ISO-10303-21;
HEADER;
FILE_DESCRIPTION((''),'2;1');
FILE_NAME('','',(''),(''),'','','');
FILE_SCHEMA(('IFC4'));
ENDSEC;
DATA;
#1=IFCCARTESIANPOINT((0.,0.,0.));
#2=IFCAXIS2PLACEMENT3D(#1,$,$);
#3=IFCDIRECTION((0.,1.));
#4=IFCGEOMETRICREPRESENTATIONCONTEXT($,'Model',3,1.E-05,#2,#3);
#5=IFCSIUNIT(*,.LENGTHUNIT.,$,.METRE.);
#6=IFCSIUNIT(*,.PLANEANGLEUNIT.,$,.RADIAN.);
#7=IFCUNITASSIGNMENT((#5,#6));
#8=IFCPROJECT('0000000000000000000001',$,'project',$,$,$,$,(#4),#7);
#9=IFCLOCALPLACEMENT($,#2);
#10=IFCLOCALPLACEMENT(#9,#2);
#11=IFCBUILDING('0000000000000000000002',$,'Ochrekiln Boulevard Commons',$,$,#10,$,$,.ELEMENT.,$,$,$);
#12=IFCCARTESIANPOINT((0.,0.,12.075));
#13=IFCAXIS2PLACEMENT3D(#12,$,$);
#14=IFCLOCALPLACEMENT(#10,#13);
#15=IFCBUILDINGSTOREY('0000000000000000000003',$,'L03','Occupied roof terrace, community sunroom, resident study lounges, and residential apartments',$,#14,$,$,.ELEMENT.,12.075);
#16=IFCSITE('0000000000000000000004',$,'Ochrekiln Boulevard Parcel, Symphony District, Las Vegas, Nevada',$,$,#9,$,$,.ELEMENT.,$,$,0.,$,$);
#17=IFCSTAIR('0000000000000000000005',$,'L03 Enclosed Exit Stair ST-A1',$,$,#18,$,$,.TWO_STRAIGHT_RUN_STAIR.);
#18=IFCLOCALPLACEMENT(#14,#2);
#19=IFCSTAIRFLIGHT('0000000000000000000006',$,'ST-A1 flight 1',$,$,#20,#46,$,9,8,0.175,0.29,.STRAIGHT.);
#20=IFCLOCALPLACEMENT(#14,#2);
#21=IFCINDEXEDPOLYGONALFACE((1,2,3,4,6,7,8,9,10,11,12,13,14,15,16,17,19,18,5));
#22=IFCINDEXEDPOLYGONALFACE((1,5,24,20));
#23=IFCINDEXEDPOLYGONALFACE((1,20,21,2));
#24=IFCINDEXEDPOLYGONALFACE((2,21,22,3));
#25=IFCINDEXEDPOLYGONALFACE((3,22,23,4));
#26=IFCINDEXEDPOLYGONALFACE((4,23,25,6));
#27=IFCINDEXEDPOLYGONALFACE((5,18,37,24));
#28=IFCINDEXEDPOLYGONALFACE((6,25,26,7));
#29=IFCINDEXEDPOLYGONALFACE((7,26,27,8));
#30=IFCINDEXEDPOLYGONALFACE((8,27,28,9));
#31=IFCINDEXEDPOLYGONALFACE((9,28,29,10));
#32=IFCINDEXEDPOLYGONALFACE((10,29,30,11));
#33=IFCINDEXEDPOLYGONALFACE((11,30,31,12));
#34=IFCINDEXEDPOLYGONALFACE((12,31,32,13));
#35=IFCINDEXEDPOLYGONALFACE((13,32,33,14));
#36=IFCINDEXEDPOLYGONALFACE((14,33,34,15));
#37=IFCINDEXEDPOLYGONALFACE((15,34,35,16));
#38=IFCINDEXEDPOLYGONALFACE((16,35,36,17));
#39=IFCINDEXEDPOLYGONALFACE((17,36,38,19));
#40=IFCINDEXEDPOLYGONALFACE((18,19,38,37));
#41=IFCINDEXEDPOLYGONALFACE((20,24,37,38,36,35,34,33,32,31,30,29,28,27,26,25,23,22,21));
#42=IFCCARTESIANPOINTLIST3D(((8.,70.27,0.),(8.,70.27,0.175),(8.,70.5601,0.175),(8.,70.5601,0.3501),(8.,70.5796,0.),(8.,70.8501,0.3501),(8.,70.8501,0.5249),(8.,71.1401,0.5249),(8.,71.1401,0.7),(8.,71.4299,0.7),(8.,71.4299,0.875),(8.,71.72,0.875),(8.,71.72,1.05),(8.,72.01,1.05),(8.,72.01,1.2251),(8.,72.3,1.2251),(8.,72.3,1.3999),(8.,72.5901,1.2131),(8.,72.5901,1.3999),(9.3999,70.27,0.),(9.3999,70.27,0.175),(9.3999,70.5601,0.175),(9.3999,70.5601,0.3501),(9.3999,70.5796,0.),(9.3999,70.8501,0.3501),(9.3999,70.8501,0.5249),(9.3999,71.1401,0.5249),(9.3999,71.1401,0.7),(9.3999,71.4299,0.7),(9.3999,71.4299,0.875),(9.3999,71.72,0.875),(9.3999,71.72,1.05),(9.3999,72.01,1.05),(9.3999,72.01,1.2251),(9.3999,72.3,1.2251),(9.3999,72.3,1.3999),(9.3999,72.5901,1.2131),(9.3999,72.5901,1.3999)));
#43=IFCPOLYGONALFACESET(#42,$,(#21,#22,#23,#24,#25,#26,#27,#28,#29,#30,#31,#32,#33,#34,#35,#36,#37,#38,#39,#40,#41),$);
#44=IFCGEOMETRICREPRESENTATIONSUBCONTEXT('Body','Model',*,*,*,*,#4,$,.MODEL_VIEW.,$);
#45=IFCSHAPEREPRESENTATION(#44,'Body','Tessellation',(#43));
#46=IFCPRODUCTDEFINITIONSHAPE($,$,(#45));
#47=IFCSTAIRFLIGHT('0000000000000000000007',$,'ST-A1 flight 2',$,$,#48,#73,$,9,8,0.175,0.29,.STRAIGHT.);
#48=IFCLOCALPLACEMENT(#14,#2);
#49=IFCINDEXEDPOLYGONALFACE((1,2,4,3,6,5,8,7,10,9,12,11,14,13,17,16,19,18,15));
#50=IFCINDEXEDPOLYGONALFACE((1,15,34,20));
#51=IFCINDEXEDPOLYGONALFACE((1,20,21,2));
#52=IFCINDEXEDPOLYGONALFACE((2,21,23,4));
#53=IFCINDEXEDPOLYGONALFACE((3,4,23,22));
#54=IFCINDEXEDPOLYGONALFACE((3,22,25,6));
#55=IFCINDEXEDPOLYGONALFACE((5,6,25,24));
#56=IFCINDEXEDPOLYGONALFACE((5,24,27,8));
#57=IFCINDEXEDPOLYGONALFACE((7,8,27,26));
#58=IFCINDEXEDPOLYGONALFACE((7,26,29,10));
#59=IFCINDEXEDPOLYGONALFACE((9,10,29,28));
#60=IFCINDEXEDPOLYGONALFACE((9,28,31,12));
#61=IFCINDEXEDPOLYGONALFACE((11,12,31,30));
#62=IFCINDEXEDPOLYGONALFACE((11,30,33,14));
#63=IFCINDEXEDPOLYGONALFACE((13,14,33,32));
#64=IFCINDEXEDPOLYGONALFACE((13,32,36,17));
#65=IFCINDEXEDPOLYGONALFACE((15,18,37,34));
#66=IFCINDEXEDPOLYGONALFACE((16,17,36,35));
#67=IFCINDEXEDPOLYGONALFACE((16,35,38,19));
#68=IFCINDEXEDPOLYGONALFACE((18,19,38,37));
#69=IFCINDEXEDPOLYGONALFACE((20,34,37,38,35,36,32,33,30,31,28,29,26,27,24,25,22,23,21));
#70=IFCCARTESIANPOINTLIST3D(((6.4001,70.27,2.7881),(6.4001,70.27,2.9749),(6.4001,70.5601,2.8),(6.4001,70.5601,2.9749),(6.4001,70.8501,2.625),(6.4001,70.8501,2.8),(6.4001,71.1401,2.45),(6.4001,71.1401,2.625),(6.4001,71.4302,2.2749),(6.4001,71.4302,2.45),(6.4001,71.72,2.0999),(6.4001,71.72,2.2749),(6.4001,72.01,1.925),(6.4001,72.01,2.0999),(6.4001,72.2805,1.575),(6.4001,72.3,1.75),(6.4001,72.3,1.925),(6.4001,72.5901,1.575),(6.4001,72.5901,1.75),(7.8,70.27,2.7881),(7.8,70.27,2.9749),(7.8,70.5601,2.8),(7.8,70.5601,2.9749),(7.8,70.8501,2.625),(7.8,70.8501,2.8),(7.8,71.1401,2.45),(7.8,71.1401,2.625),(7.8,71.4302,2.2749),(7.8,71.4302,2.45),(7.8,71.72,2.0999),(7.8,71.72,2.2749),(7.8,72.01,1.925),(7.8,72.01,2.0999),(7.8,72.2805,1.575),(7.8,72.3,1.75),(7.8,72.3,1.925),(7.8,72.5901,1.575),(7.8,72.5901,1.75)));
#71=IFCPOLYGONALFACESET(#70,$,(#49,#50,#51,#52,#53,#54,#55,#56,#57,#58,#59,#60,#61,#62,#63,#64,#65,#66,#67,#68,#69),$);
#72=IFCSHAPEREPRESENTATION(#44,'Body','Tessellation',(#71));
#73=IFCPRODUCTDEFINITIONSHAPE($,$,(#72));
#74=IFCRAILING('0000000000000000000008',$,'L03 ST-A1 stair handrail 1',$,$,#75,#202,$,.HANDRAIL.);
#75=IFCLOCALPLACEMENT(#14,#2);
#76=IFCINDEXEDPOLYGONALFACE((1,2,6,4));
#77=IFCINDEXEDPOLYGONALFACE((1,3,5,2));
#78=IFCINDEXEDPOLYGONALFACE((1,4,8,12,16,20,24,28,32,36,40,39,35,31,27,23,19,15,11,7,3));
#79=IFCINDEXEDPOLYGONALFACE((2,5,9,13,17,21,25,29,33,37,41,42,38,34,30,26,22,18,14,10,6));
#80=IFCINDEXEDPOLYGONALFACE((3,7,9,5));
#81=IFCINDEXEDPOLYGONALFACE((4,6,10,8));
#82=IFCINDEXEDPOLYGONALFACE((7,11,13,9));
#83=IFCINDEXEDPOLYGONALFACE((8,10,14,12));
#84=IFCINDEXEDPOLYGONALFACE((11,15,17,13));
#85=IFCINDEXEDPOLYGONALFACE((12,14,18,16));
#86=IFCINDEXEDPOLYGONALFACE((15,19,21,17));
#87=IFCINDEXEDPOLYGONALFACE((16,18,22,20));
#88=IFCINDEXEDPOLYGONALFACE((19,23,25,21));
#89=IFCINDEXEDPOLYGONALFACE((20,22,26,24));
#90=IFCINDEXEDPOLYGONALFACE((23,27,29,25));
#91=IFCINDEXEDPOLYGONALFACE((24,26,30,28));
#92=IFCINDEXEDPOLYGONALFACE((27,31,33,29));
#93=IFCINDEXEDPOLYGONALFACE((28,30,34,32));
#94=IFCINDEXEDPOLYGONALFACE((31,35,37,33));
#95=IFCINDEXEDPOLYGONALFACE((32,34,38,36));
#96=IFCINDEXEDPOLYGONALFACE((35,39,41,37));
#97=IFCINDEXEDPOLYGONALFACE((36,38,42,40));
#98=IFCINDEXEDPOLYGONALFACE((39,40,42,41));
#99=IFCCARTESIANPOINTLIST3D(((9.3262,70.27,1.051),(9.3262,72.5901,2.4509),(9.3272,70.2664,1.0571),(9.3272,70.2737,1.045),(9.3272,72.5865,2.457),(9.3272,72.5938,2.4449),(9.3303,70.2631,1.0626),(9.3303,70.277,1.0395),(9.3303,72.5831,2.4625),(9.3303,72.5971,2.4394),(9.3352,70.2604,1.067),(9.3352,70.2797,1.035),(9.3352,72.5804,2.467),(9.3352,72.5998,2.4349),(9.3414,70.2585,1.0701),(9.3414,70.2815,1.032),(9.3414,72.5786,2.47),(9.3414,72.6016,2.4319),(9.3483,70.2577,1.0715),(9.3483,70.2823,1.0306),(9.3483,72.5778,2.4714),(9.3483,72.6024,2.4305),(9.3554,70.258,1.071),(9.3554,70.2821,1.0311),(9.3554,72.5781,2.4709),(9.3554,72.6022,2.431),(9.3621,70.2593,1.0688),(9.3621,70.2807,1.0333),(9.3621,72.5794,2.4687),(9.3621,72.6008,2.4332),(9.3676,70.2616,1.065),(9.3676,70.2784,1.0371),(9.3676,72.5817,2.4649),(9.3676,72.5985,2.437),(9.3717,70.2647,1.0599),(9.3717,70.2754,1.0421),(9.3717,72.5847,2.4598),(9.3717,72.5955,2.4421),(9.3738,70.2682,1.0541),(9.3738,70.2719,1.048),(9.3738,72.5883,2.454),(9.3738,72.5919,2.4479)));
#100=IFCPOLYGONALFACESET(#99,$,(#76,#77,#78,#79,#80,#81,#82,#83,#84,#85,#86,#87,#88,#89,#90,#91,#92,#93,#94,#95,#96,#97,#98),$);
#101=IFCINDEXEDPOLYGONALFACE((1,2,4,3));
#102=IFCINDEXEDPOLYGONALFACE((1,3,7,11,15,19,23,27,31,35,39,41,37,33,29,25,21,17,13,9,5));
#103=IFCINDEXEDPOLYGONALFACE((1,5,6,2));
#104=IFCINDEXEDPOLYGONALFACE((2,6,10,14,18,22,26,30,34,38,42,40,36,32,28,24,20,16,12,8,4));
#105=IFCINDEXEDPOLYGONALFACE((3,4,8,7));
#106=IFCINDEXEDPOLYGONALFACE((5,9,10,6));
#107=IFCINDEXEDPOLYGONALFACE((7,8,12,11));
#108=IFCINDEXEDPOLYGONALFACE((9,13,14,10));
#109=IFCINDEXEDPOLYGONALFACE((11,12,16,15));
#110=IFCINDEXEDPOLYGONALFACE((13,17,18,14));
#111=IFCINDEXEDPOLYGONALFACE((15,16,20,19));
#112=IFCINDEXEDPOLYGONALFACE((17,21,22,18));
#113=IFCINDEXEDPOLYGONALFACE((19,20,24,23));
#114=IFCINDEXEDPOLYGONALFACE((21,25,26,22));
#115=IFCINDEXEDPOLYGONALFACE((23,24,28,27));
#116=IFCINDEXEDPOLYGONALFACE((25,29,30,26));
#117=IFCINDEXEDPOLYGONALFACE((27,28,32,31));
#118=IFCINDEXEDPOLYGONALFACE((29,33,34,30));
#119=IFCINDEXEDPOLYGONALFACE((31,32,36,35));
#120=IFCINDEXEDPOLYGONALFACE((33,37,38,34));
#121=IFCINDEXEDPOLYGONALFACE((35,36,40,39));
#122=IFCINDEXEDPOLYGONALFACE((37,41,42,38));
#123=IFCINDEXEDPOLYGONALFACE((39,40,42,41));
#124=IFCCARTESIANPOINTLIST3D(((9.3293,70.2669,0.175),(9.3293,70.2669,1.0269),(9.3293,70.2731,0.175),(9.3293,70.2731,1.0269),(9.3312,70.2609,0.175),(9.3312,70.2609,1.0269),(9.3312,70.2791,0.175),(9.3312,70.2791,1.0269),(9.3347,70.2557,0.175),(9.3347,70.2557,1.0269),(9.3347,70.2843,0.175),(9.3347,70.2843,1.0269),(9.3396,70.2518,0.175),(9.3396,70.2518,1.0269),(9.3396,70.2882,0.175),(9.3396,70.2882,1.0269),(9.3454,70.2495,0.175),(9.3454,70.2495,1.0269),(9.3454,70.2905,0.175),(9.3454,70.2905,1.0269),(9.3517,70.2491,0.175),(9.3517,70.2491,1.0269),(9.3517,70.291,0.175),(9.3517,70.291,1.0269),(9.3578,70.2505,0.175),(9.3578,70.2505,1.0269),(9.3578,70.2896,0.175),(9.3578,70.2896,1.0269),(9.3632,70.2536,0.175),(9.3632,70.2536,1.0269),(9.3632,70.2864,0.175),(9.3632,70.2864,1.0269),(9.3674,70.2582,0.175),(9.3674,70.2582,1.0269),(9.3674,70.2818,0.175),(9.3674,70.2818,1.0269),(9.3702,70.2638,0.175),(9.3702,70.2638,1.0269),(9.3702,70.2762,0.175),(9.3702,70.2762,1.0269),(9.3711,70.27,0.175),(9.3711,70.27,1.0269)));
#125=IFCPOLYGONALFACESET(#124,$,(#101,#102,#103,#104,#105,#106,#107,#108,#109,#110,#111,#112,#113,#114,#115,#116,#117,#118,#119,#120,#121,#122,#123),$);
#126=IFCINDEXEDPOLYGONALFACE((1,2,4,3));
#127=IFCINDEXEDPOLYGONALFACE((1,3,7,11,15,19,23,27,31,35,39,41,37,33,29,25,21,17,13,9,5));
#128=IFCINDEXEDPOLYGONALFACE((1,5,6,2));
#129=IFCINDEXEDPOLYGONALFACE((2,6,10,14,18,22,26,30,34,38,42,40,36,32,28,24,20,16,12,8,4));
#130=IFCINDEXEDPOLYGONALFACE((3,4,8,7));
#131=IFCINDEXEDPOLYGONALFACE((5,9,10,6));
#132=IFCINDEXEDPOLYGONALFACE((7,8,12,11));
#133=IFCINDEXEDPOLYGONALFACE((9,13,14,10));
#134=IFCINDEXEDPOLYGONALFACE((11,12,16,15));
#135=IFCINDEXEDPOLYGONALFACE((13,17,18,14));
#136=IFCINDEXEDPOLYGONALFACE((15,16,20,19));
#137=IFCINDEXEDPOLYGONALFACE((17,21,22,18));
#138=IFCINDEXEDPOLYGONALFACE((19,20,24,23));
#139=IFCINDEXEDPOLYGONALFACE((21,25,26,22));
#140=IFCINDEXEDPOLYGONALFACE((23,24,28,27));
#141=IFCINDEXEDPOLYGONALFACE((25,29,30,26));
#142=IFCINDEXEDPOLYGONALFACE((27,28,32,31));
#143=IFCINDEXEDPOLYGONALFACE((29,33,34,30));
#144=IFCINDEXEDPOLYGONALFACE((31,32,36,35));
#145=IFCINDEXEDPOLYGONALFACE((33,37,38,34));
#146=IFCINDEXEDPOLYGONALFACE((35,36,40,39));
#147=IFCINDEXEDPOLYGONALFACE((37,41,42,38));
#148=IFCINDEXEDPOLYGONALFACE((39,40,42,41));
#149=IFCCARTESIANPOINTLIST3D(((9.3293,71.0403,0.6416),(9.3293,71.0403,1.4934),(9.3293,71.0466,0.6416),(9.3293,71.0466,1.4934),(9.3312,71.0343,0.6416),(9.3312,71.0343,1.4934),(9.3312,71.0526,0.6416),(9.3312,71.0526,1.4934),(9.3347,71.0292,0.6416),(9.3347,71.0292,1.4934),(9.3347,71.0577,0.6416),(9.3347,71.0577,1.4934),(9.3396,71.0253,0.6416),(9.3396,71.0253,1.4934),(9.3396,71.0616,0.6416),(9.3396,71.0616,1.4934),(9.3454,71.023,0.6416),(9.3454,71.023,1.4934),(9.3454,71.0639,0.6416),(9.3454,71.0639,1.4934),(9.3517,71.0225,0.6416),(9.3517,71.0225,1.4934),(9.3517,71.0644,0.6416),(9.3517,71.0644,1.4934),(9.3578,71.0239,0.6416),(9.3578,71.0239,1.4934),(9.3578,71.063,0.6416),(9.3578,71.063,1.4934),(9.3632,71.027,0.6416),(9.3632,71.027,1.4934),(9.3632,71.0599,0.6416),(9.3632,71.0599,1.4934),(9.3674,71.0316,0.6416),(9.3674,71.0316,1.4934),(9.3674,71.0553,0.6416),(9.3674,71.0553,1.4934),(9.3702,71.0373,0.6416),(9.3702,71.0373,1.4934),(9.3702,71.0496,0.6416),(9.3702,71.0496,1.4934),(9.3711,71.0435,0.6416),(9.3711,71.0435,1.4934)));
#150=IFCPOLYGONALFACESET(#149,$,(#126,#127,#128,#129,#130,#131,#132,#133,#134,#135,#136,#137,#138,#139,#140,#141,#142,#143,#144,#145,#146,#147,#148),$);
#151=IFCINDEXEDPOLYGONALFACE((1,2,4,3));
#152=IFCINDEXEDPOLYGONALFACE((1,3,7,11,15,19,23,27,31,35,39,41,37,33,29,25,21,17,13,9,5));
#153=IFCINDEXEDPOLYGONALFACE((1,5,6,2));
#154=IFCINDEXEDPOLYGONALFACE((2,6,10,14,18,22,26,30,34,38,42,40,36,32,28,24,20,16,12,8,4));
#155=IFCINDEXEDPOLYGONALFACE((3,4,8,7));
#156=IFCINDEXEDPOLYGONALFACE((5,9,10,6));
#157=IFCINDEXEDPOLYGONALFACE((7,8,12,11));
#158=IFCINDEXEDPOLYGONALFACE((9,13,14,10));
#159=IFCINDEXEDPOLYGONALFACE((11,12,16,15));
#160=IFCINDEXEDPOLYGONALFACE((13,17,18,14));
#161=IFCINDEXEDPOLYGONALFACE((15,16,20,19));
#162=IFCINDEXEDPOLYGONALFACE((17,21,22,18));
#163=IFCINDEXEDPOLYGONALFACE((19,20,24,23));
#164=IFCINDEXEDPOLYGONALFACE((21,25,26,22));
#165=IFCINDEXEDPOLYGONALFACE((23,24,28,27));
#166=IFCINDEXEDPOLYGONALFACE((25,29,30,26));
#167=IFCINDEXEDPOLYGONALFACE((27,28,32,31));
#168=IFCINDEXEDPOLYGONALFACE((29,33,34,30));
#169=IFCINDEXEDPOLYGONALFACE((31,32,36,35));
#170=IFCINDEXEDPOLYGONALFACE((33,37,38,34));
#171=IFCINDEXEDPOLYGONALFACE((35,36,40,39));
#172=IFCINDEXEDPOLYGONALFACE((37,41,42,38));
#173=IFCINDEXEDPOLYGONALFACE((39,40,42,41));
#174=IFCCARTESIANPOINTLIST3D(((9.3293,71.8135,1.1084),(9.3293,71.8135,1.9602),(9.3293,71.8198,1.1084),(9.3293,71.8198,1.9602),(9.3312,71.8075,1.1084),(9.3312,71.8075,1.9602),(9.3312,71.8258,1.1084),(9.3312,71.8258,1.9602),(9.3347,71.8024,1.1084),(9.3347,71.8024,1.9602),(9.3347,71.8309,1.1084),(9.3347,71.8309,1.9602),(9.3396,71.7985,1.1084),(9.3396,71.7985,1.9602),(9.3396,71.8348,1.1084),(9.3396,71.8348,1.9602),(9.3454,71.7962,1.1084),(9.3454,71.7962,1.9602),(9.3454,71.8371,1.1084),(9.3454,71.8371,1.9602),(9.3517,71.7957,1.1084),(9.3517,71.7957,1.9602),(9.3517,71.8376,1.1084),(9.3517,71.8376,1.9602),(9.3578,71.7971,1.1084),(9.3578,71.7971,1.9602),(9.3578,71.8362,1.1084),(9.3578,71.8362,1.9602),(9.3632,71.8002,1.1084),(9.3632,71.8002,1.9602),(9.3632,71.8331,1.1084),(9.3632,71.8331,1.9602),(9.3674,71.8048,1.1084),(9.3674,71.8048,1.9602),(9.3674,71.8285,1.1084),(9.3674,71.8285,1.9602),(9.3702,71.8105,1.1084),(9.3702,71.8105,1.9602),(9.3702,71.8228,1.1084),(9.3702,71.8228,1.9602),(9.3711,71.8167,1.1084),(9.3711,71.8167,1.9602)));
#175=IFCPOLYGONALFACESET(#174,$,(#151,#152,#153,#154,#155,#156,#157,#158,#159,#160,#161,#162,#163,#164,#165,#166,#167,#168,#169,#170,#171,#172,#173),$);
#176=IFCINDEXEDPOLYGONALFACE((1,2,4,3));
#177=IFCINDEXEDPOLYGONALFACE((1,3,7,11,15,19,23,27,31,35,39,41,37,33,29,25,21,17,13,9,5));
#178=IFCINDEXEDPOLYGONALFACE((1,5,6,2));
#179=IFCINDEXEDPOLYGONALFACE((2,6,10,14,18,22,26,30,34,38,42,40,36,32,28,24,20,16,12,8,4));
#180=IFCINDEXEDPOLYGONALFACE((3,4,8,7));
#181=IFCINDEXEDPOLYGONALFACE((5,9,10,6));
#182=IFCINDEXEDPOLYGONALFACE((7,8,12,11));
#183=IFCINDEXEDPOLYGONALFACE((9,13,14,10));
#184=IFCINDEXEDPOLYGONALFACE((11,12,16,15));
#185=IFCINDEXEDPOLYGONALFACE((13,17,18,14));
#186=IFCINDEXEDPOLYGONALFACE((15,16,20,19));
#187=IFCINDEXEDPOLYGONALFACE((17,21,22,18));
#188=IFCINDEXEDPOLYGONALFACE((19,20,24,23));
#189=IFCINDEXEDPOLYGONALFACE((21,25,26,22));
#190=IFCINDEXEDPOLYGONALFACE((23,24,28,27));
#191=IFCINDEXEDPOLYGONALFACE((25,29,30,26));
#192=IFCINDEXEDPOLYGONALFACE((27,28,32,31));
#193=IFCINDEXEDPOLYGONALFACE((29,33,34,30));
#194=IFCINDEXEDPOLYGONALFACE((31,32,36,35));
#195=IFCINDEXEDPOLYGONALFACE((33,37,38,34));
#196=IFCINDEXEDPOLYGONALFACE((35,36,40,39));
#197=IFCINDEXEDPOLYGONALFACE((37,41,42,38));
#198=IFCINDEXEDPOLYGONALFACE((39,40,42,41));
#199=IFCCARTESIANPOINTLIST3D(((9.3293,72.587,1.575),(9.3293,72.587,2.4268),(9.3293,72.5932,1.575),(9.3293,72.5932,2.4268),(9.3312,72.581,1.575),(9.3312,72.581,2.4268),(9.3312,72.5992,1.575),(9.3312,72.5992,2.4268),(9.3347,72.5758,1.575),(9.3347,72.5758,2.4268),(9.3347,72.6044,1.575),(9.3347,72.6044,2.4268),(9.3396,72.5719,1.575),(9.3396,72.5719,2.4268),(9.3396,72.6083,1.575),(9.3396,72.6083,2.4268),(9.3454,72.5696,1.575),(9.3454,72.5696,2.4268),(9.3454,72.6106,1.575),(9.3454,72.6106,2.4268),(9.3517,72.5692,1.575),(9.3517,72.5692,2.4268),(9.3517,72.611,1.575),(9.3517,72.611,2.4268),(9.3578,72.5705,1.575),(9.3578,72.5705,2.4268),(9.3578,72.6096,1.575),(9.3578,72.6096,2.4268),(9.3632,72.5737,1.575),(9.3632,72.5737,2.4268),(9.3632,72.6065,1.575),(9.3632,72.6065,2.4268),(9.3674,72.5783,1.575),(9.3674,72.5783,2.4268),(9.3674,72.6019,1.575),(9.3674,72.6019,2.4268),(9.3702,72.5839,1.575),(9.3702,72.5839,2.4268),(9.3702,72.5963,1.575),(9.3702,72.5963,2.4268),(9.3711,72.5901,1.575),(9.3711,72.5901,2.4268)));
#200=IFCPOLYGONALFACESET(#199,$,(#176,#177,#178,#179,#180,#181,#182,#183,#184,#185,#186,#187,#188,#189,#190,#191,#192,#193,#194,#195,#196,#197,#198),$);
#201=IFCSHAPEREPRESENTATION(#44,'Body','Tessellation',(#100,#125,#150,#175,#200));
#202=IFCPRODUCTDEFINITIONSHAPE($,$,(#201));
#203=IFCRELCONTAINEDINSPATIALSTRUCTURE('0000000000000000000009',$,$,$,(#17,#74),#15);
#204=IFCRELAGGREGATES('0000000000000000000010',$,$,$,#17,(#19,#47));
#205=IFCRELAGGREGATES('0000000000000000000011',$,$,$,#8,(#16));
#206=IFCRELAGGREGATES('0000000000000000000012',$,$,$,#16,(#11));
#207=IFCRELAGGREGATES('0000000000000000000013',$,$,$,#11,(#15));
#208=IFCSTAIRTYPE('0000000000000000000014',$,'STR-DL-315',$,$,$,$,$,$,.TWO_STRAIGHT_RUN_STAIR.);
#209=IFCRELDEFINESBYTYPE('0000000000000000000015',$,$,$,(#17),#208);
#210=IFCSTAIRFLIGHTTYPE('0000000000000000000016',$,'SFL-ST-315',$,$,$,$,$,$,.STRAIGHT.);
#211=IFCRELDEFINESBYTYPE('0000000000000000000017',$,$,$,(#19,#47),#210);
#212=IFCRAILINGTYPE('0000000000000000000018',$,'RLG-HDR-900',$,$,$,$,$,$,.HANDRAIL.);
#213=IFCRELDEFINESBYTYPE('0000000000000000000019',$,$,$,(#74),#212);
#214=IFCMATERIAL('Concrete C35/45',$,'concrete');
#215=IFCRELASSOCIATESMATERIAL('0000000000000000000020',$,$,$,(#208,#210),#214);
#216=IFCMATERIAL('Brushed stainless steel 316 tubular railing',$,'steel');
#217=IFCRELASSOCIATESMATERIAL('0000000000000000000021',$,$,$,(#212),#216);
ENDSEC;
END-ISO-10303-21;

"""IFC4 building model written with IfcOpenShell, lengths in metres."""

from ifc_helpers import new_model, si_unit, direction, frame, origin, origin_2d, place, context, subcontext, project, spatial, polyline, circle, outline, extrude, material, type_object, element, aggregate, save


model = new_model("IFC4")

# Units and contexts
model_context = context("Model", 3, precision=1e-05, world=origin(), true_north=direction((0.0, 1.0)))
body_context = subcontext(model_context, "Body", "Model", "MODEL_VIEW")
ifc_project = project(units=[si_unit("LENGTHUNIT", "METRE"), si_unit("PLANEANGLEUNIT", "RADIAN")], contexts=[model_context])

# Site, building, storey
site_placement = place(None, origin())
site = spatial("IfcSite", under=ifc_project, at=site_placement, Name="Ochrekiln Boulevard Parcel, Symphony District, Las Vegas, Nevada", CompositionType="ELEMENT", RefElevation=0.0)
building_placement = place(site_placement, origin())
building = spatial("IfcBuilding", under=site, at=building_placement, Name="Ochrekiln Boulevard Commons", CompositionType="ELEMENT")
storey_placement = place(building_placement, frame((0.0, 0.0, 12.075)))
storey = spatial("IfcBuildingStorey", under=building, at=storey_placement, Name="L03", Description="Occupied roof terrace, community sunroom, resident study lounges, and residential apartments", CompositionType="ELEMENT", Elevation=12.075)

# Stair, stair flights
ifc_material_1 = material(Name="Concrete C35/45", Category="concrete")
stair_type = type_object("IfcStairType", Name="STR-DL-315", PredefinedType="TWO_STRAIGHT_RUN_STAIR", material=ifc_material_1)
stair_placement = place(storey_placement, origin())
stair = element("IfcStair", 1, at=stair_placement, inside=storey, type_object=stair_type, Name="L03 Enclosed Exit Stair ST-A1", PredefinedType="TWO_STRAIGHT_RUN_STAIR")
stair_flight_type = type_object("IfcStairFlightType", Name="SFL-ST-315", PredefinedType="STRAIGHT", material=ifc_material_1)
stair_flight_1_placement = place(storey_placement, frame((8.7, 70.27, 0.0), z_axis=(0.0, 0.0, 1.0), x_axis=(0.0, 1.0, 0.0)))
stair_flight_1 = element("IfcStairFlight", 2, at=stair_flight_1_placement, type_object=stair_flight_type, Name="ST-A1 flight 1", NumberOfRisers=9, NumberOfTreads=8, PredefinedType="STRAIGHT", RiserHeight=0.175, TreadLength=0.29, context=body_context, shape_type="SweptSolid", body=[
    extrude(outline(polyline([(0.0, 0.0), (0.0, 0.175), (0.29, 0.175), (0.29, 0.3501), (0.5801, 0.3501), (0.5801, 0.5249), (0.8701, 0.5249), (0.8701, 0.7), (1.1599, 0.7), (1.1599, 0.875), (1.45, 0.875), (1.45, 1.05), (1.74, 1.05), (1.74, 1.2251), (2.03, 1.2251), (2.03, 1.3999), (2.3201, 1.3999), (2.3201, 1.575), (2.3201, 1.2131), (0.3096, 0.0), (0.0, 0.0)])), frame((0.0, 0.7, 0.0), z_axis=(0.0, -1.0, 0.0), x_axis=(1.0, 0.0, 0.0)), (0.0, 0.0, 1.0), 1.3999),
])
stair_flight_2_placement = place(storey_placement, frame((7.1001, 72.5901, 1.575), z_axis=(0.0, 0.0, 1.0), x_axis=(0.0, -1.0, 0.0)))
stair_flight_2 = element("IfcStairFlight", 3, at=stair_flight_2_placement, type_object=stair_flight_type, Name="ST-A1 flight 2", NumberOfRisers=9, NumberOfTreads=8, PredefinedType="STRAIGHT", RiserHeight=0.175, TreadLength=0.29, context=body_context, shape_type="SweptSolid", body=[
    extrude(outline(polyline([(0.0, 0.0), (0.0, 0.175), (0.29, 0.175), (0.29, 0.3501), (0.5801, 0.3501), (0.5801, 0.5249), (0.8701, 0.5249), (0.8701, 0.7), (1.1599, 0.7), (1.1599, 0.875), (1.45, 0.875), (1.45, 1.05), (1.74, 1.05), (1.74, 1.2251), (2.03, 1.2251), (2.03, 1.3999), (2.3201, 1.3999), (2.3201, 1.575), (2.3201, 1.2131), (0.3096, 0.0), (0.0, 0.0)])), frame((0.0, 0.7, 0.0), z_axis=(0.0, -1.0, 0.0), x_axis=(1.0, 0.0, 0.0)), (0.0, 0.0, 1.0), 1.3999),
])
aggregate(stair, [stair_flight_1, stair_flight_2])

# Railing
ifc_material_2 = material(Name="Brushed stainless steel 316 tubular railing", Category="steel")
railing_type_1 = type_object("IfcRailingType", Name="RLG-HDR-900", PredefinedType="HANDRAIL", material=ifc_material_2)
railing_1_placement = place(storey_placement, frame((9.3501, 70.27, 0.175)))
element("IfcRailing", 4, at=railing_1_placement, inside=storey, type_object=railing_type_1, Name="L03 ST-A1 stair handrail 1", PredefinedType="HANDRAIL", context=body_context, shape_type="SweptSolid", body=[
    extrude(circle(Radius=0.0239, at=origin_2d()), frame((0.0, 0.0, 0.876), z_axis=(0.0, 0.85621, 0.516627), x_axis=(-1.0, 0.0, 0.0)), (0.0, 0.0, 1.0), 2.7097),
    extrude(circle(Radius=0.021, at=origin_2d()), origin(), (0.0, 0.0, 1.0), 0.8518),
    extrude(circle(Radius=0.021, at=origin_2d()), frame((0.0, 0.7734, 0.4666)), (0.0, 0.0, 1.0), 0.8518),
    extrude(circle(Radius=0.021, at=origin_2d()), frame((0.0, 1.5466, 0.9333)), (0.0, 0.0, 1.0), 0.8518),
    extrude(circle(Radius=0.021, at=origin_2d()), frame((0.0, 2.3201, 1.3999)), (0.0, 0.0, 1.0), 0.8518),
])

save(model, "model.ifc")
